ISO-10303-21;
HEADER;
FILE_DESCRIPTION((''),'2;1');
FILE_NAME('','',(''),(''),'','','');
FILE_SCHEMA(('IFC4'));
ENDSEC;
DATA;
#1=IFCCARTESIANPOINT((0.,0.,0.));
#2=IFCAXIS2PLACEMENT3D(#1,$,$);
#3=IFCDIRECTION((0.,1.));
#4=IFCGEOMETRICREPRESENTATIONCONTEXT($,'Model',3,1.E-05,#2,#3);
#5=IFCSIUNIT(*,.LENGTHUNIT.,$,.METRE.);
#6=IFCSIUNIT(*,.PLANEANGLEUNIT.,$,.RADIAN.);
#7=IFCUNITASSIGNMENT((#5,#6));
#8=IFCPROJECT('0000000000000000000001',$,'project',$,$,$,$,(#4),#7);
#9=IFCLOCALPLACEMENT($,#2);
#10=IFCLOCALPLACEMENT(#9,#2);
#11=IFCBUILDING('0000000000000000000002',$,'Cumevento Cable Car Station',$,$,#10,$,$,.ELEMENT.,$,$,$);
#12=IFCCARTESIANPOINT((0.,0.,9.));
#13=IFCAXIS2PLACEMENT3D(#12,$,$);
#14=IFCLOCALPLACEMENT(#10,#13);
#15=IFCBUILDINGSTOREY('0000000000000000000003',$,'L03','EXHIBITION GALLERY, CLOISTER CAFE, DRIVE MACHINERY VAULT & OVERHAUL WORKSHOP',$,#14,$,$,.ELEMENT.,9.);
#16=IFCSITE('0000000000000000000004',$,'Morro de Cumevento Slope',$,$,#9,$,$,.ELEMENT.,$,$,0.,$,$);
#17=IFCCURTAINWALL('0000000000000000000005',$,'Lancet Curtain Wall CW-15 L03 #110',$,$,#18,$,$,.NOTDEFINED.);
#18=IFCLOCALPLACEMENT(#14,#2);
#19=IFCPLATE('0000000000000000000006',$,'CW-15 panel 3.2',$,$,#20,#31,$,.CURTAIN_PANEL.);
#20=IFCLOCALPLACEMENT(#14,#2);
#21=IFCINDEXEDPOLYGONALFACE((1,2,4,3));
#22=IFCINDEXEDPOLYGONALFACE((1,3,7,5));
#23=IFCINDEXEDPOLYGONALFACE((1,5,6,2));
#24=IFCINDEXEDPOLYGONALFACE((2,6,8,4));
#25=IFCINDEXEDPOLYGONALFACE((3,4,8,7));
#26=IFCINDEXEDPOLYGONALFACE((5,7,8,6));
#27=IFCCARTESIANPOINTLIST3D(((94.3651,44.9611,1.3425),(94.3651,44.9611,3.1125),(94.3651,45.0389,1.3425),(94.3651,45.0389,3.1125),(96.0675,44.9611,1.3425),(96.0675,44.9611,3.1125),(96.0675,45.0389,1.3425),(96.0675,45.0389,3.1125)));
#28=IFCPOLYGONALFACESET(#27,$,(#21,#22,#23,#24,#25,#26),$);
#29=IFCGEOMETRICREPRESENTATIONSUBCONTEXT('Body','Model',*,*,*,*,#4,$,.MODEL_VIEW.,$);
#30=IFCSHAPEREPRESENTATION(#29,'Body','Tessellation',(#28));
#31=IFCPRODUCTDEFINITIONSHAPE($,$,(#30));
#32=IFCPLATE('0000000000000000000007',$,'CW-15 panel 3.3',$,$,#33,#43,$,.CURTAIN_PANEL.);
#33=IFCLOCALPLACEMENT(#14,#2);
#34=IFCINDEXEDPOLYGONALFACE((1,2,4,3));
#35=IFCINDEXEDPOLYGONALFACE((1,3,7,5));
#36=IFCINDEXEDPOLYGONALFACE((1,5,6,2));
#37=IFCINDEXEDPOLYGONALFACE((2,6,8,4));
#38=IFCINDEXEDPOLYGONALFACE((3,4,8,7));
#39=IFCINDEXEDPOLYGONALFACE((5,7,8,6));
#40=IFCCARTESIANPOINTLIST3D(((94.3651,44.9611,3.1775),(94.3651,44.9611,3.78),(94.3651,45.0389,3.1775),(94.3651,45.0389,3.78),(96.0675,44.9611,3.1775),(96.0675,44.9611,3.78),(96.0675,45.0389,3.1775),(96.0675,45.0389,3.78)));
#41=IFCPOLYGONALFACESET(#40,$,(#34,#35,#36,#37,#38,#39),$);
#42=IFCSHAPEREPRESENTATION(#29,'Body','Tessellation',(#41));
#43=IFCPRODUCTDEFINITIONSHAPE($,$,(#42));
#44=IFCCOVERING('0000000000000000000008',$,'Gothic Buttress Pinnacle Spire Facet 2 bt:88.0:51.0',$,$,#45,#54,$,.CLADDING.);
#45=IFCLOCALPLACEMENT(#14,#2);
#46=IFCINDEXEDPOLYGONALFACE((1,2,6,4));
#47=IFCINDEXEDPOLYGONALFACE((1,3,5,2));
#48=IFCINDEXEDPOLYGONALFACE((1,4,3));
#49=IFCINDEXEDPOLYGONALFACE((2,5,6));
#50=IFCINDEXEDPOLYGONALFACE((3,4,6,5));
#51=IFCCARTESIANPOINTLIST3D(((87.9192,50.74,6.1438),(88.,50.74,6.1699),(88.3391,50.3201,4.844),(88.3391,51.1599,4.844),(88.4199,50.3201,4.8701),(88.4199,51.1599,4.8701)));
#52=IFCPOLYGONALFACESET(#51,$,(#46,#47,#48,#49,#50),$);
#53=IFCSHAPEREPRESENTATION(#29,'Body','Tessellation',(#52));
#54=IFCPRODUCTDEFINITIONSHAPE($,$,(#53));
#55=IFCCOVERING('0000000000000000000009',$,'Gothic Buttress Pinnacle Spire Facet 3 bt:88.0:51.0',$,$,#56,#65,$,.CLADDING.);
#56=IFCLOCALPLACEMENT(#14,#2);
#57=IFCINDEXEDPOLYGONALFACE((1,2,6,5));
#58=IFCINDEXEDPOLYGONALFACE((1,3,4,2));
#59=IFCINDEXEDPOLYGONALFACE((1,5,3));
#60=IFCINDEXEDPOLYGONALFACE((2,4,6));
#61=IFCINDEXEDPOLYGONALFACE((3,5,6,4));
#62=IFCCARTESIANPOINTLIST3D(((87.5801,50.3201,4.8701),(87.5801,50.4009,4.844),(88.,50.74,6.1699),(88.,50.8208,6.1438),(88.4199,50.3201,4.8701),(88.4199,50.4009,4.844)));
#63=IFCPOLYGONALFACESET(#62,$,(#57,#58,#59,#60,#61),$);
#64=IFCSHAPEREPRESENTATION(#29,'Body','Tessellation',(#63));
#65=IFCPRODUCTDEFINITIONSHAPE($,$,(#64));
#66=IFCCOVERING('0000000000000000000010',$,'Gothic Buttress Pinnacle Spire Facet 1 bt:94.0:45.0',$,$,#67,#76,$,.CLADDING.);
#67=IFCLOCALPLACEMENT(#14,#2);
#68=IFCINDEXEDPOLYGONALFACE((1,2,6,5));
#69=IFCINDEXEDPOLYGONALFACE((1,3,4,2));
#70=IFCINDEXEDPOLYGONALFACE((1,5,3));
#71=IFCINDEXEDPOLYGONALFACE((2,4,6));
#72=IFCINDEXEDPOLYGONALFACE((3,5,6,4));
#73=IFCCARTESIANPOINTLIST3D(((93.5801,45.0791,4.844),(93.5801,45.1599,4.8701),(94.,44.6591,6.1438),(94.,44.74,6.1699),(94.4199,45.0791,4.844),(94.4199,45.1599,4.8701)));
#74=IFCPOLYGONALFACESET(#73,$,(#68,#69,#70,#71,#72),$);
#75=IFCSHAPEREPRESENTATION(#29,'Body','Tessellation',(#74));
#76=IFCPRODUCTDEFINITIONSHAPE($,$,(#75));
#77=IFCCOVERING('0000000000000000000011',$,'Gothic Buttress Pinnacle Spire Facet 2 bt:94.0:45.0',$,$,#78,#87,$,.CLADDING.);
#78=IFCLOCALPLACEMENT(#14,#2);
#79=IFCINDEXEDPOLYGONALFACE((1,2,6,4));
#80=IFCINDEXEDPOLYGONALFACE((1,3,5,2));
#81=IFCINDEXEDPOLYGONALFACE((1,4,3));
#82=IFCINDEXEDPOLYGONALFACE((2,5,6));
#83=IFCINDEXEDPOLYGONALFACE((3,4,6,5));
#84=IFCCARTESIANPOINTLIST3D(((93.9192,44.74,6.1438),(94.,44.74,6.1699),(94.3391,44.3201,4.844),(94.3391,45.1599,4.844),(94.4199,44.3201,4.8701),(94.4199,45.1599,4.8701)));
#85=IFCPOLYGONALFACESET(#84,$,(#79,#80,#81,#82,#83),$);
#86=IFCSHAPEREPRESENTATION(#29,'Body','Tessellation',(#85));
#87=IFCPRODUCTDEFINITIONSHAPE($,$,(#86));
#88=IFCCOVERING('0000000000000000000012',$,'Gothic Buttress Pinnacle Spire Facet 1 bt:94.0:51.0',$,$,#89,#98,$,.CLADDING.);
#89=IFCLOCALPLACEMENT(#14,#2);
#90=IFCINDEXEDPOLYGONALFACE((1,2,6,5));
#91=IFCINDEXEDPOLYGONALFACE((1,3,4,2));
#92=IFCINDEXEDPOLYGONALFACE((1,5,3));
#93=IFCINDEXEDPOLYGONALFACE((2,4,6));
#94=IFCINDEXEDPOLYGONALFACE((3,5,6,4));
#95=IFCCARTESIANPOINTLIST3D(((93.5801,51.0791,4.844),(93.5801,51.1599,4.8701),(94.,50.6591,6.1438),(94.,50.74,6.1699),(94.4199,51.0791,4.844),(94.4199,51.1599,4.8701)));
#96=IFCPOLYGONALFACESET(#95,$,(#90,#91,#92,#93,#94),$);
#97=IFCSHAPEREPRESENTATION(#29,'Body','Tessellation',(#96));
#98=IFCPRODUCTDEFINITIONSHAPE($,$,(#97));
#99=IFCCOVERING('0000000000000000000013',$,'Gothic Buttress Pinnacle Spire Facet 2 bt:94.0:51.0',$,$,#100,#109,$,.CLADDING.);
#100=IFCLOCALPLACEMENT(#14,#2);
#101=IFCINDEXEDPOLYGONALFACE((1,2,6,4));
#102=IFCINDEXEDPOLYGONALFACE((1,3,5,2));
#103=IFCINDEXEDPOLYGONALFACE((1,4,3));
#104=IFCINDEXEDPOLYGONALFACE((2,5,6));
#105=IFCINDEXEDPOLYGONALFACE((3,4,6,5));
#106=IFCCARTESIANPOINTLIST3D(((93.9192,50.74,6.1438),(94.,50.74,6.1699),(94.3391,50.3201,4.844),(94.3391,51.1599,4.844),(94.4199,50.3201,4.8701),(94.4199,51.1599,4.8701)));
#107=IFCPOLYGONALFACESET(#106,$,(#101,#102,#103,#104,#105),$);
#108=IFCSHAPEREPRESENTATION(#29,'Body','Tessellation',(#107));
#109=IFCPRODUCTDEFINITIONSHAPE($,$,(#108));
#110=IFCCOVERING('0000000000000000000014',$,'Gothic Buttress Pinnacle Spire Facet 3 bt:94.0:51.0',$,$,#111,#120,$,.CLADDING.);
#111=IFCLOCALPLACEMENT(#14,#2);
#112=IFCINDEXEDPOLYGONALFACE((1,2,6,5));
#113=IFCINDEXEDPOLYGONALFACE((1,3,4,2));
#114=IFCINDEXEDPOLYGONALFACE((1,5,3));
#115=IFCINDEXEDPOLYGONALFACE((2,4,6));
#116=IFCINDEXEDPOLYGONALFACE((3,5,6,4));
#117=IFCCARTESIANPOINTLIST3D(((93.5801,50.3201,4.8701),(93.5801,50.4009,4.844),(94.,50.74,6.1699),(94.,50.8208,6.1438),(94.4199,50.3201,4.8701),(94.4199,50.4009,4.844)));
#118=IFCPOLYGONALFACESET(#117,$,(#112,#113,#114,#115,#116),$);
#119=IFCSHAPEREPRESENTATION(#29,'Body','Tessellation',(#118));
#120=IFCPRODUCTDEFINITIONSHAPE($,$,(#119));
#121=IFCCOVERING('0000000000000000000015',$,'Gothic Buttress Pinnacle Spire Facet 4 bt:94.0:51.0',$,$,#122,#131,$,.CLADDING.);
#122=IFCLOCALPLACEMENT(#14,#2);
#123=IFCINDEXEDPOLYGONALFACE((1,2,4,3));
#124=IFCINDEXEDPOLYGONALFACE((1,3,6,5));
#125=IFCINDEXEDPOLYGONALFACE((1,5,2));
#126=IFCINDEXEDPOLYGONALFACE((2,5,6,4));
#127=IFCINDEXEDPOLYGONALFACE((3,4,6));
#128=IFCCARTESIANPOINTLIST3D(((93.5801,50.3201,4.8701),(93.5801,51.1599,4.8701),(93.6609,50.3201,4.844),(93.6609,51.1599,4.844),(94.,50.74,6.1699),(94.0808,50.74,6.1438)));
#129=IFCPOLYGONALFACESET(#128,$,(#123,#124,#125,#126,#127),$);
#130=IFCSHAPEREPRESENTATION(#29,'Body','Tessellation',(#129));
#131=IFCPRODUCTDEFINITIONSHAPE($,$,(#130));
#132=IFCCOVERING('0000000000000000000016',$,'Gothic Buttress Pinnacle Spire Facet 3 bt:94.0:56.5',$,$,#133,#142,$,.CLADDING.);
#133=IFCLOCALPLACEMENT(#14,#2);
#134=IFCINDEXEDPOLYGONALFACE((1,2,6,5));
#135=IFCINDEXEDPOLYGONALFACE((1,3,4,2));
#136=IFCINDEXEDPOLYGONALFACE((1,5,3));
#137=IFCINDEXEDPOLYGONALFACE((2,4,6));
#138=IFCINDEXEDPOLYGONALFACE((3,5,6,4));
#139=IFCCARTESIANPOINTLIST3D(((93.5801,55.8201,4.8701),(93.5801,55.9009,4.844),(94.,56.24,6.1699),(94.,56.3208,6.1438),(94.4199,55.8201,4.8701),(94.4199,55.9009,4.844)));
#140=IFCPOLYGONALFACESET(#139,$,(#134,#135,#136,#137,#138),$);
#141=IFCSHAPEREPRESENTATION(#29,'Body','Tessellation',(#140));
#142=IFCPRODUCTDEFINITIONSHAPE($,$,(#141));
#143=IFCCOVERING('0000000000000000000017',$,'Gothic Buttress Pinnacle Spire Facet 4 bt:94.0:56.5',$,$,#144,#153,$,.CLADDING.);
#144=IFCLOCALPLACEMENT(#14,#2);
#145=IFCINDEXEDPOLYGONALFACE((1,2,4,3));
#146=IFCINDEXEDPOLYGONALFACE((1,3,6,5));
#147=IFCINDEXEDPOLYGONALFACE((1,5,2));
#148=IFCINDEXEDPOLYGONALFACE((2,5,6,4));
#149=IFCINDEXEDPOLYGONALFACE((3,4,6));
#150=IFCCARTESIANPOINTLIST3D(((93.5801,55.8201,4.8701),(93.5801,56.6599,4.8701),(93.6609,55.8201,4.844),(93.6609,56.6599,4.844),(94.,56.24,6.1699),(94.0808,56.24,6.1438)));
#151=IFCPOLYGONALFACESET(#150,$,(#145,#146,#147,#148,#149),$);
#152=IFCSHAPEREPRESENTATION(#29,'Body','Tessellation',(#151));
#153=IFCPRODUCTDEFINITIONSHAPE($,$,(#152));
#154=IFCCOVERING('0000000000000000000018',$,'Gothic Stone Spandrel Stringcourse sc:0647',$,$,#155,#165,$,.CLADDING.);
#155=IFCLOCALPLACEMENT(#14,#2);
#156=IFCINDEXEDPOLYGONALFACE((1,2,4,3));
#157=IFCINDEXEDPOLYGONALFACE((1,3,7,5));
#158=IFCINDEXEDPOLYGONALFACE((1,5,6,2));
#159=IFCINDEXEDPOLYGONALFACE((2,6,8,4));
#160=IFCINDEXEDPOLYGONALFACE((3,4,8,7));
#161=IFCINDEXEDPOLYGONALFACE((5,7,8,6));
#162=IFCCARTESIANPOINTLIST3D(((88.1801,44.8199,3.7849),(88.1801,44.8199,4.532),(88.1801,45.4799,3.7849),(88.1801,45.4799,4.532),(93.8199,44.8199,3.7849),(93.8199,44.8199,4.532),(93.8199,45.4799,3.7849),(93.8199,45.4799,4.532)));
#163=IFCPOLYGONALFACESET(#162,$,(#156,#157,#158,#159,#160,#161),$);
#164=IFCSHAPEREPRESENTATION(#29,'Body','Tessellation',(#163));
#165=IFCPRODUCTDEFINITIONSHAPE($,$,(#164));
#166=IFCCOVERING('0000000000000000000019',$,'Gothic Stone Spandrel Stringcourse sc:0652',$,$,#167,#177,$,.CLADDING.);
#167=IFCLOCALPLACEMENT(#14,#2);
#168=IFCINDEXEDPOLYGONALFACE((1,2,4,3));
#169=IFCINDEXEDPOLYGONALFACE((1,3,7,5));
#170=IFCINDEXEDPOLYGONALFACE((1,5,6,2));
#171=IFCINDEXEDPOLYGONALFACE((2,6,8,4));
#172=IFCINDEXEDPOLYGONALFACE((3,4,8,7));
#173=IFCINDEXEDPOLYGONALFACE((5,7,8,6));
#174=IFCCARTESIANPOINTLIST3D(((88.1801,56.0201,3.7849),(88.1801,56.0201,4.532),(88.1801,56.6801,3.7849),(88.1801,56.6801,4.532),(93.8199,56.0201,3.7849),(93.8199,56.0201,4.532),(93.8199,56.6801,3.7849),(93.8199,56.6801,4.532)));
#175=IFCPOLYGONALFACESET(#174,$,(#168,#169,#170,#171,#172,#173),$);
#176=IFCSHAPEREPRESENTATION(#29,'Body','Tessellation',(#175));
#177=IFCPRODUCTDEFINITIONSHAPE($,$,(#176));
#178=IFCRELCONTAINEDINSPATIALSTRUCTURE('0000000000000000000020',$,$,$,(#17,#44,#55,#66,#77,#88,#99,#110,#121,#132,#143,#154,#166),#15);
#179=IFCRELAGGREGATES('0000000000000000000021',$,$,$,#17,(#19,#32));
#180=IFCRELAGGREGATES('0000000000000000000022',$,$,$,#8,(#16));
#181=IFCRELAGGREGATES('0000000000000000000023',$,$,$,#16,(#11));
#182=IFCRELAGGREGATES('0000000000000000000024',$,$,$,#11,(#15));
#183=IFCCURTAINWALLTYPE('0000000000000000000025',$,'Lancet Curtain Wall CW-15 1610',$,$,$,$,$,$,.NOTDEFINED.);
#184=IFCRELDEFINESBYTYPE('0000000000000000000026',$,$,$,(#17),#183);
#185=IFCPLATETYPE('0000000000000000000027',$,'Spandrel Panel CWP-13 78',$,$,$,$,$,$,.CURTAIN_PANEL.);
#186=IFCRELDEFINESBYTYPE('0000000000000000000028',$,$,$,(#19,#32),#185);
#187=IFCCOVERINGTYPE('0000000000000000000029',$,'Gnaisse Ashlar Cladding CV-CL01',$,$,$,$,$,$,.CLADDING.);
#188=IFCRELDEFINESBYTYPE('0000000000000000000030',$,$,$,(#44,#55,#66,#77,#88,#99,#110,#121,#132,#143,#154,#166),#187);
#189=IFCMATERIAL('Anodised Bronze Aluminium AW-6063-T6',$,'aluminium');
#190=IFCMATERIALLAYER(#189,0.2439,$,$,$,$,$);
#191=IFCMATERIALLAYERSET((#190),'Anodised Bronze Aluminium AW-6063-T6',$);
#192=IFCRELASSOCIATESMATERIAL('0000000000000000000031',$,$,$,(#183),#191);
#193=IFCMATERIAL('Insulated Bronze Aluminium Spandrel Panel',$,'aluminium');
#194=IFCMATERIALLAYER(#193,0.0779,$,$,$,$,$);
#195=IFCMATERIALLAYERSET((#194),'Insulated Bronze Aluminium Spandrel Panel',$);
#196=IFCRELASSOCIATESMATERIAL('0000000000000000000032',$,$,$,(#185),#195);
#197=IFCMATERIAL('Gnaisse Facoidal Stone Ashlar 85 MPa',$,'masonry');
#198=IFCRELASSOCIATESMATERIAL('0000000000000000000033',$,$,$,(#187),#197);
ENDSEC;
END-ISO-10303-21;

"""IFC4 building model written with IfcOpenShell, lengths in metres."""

from ifc_helpers import new_model, si_unit, direction, frame, origin, origin_2d, place, context, subcontext, project, spatial, polyline, rectangle, outline, extrude, material, layer, layer_set, type_object, element, aggregate, save


model = new_model("IFC4")

# Units and contexts
model_context = context("Model", 3, precision=1e-05, world=origin(), true_north=direction((0.0, 1.0)))
body_context = subcontext(model_context, "Body", "Model", "MODEL_VIEW")
ifc_project = project(units=[si_unit("LENGTHUNIT", "METRE"), si_unit("PLANEANGLEUNIT", "RADIAN")], contexts=[model_context])

# Site, building, storey
site_placement = place(None, origin())
site = spatial("IfcSite", under=ifc_project, at=site_placement, Name="Morro de Cumevento Slope", CompositionType="ELEMENT", RefElevation=0.0)
building_placement = place(site_placement, origin())
building = spatial("IfcBuilding", under=site, at=building_placement, Name="Cumevento Cable Car Station", CompositionType="ELEMENT")
storey_placement = place(building_placement, frame((0.0, 0.0, 9.0)))
storey = spatial("IfcBuildingStorey", under=building, at=storey_placement, Name="L03", Description="EXHIBITION GALLERY, CLOISTER CAFE, DRIVE MACHINERY VAULT & OVERHAUL WORKSHOP", CompositionType="ELEMENT", Elevation=9.0)

# Curtain wall
ifc_material_1 = material(Name="Anodised Bronze Aluminium AW-6063-T6", Category="aluminium")
ifc_layer_1 = layer(ifc_material_1, 0.2439)
ifc_layer_set_1 = layer_set([ifc_layer_1], Name="Anodised Bronze Aluminium AW-6063-T6")
curtain_wall_type = type_object("IfcCurtainWallType", Name="Lancet Curtain Wall CW-15 1610", PredefinedType="NOTDEFINED", material=ifc_layer_set_1)
curtain_wall_placement = place(storey_placement, origin())
curtain_wall = element("IfcCurtainWall", 1, at=curtain_wall_placement, inside=storey, type_object=curtain_wall_type, Name="Lancet Curtain Wall CW-15 L03 #110", PredefinedType="NOTDEFINED")

# Plates
ifc_material_2 = material(Name="Insulated Bronze Aluminium Spandrel Panel", Category="aluminium")
ifc_layer_2 = layer(ifc_material_2, 0.0779)
ifc_layer_set_2 = layer_set([ifc_layer_2], Name="Insulated Bronze Aluminium Spandrel Panel")
plate_type = type_object("IfcPlateType", Name="Spandrel Panel CWP-13 78", PredefinedType="CURTAIN_PANEL", material=ifc_layer_set_2)
plate_1_placement = place(storey_placement, frame((95.2163, 45.0, 1.3425), z_axis=(0.0, 0.0, 1.0), x_axis=(-1.0, 0.0, 0.0)))
plate_1 = element("IfcPlate", 2, at=plate_1_placement, type_object=plate_type, Name="CW-15 panel 3.2", PredefinedType="CURTAIN_PANEL", context=body_context, shape_type="SweptSolid", body=[
    extrude(rectangle(XDim=1.7024, YDim=0.0779, at=origin_2d()), origin(), (0.0, 0.0, 1.0), 1.77),
])
plate_2_placement = place(storey_placement, frame((95.2163, 45.0, 3.1775), z_axis=(0.0, 0.0, 1.0), x_axis=(-1.0, 0.0, 0.0)))
plate_2 = element("IfcPlate", 3, at=plate_2_placement, type_object=plate_type, Name="CW-15 panel 3.3", PredefinedType="CURTAIN_PANEL", context=body_context, shape_type="SweptSolid", body=[
    extrude(rectangle(XDim=1.7024, YDim=0.0779, at=origin_2d()), origin(), (0.0, 0.0, 1.0), 0.6025),
])
aggregate(curtain_wall, [plate_1, plate_2])

# Coverings
ifc_material_3 = material(Name="Gnaisse Facoidal Stone Ashlar 85 MPa", Category="masonry")
covering_type = type_object("IfcCoveringType", Name="Gnaisse Ashlar Cladding CV-CL01", PredefinedType="CLADDING", material=ifc_material_3)
for number, where, z_axis, x_axis, name in (
    (4, (88.4199, 51.1599, 4.8701), (0.951574, 0.0, 0.307421), (0.0, -1.0, 0.0), "Gothic Buttress Pinnacle Spire Facet 2 bt:88.0:51.0"),
    (5, (88.4199, 50.3201, 4.8701), (0.0, -0.951574, 0.307421), (-1.0, 0.0, 0.0), "Gothic Buttress Pinnacle Spire Facet 3 bt:88.0:51.0"),
    (6, (93.5801, 45.1599, 4.8701), (0.0, 0.951574, 0.307421), (1.0, 0.0, 0.0), "Gothic Buttress Pinnacle Spire Facet 1 bt:94.0:45.0"),
    (7, (94.4199, 45.1599, 4.8701), (0.951574, 0.0, 0.307421), (0.0, -1.0, 0.0), "Gothic Buttress Pinnacle Spire Facet 2 bt:94.0:45.0"),
    (8, (93.5801, 51.1599, 4.8701), (0.0, 0.951574, 0.307421), (1.0, 0.0, 0.0), "Gothic Buttress Pinnacle Spire Facet 1 bt:94.0:51.0"),
    (9, (94.4199, 51.1599, 4.8701), (0.951574, 0.0, 0.307421), (0.0, -1.0, 0.0), "Gothic Buttress Pinnacle Spire Facet 2 bt:94.0:51.0"),
    (10, (94.4199, 50.3201, 4.8701), (0.0, -0.951574, 0.307421), (-1.0, 0.0, 0.0), "Gothic Buttress Pinnacle Spire Facet 3 bt:94.0:51.0"),
    (11, (93.5801, 50.3201, 4.8701), (-0.951574, 0.0, 0.307421), (0.0, 1.0, 0.0), "Gothic Buttress Pinnacle Spire Facet 4 bt:94.0:51.0"),
    (12, (94.4199, 55.8201, 4.8701), (0.0, -0.951574, 0.307421), (-1.0, 0.0, 0.0), "Gothic Buttress Pinnacle Spire Facet 3 bt:94.0:56.5"),
    (13, (93.5801, 55.8201, 4.8701), (-0.951574, 0.0, 0.307421), (0.0, 1.0, 0.0), "Gothic Buttress Pinnacle Spire Facet 4 bt:94.0:56.5"),
):
    element("IfcCovering", number, at=place(storey_placement, frame(where, z_axis=z_axis, x_axis=x_axis)), inside=storey, type_object=covering_type, Name=name, PredefinedType="CLADDING", context=body_context, shape_type="SweptSolid", body=[
        extrude(outline(polyline([(0.0, 0.0), (0.8398, 0.0), (0.4199, -1.366), (0.0, 0.0)])), origin(), (0.0, 0.0, -1.0), 0.085),
    ])
for number, where, z_axis, x_axis, name in (
    (14, (91.0, 45.1499, 3.7849), (0.0, 0.0, 1.0), (-1.0, 0.0, 0.0), "Gothic Stone Spandrel Stringcourse sc:0647"),
    (15, (91.0, 56.3501, 3.7849), (0.0, 0.0, 1.0), (1.0, 0.0, 0.0), "Gothic Stone Spandrel Stringcourse sc:0652"),
):
    element("IfcCovering", number, at=place(storey_placement, frame(where, z_axis=z_axis, x_axis=x_axis)), inside=storey, type_object=covering_type, Name=name, PredefinedType="CLADDING", context=body_context, shape_type="SweptSolid", body=[
        extrude(rectangle(XDim=5.6399, YDim=0.6599, at=origin_2d()), origin(), (0.0, 0.0, 1.0), 0.7471),
    ])

save(model, "model.ifc")
